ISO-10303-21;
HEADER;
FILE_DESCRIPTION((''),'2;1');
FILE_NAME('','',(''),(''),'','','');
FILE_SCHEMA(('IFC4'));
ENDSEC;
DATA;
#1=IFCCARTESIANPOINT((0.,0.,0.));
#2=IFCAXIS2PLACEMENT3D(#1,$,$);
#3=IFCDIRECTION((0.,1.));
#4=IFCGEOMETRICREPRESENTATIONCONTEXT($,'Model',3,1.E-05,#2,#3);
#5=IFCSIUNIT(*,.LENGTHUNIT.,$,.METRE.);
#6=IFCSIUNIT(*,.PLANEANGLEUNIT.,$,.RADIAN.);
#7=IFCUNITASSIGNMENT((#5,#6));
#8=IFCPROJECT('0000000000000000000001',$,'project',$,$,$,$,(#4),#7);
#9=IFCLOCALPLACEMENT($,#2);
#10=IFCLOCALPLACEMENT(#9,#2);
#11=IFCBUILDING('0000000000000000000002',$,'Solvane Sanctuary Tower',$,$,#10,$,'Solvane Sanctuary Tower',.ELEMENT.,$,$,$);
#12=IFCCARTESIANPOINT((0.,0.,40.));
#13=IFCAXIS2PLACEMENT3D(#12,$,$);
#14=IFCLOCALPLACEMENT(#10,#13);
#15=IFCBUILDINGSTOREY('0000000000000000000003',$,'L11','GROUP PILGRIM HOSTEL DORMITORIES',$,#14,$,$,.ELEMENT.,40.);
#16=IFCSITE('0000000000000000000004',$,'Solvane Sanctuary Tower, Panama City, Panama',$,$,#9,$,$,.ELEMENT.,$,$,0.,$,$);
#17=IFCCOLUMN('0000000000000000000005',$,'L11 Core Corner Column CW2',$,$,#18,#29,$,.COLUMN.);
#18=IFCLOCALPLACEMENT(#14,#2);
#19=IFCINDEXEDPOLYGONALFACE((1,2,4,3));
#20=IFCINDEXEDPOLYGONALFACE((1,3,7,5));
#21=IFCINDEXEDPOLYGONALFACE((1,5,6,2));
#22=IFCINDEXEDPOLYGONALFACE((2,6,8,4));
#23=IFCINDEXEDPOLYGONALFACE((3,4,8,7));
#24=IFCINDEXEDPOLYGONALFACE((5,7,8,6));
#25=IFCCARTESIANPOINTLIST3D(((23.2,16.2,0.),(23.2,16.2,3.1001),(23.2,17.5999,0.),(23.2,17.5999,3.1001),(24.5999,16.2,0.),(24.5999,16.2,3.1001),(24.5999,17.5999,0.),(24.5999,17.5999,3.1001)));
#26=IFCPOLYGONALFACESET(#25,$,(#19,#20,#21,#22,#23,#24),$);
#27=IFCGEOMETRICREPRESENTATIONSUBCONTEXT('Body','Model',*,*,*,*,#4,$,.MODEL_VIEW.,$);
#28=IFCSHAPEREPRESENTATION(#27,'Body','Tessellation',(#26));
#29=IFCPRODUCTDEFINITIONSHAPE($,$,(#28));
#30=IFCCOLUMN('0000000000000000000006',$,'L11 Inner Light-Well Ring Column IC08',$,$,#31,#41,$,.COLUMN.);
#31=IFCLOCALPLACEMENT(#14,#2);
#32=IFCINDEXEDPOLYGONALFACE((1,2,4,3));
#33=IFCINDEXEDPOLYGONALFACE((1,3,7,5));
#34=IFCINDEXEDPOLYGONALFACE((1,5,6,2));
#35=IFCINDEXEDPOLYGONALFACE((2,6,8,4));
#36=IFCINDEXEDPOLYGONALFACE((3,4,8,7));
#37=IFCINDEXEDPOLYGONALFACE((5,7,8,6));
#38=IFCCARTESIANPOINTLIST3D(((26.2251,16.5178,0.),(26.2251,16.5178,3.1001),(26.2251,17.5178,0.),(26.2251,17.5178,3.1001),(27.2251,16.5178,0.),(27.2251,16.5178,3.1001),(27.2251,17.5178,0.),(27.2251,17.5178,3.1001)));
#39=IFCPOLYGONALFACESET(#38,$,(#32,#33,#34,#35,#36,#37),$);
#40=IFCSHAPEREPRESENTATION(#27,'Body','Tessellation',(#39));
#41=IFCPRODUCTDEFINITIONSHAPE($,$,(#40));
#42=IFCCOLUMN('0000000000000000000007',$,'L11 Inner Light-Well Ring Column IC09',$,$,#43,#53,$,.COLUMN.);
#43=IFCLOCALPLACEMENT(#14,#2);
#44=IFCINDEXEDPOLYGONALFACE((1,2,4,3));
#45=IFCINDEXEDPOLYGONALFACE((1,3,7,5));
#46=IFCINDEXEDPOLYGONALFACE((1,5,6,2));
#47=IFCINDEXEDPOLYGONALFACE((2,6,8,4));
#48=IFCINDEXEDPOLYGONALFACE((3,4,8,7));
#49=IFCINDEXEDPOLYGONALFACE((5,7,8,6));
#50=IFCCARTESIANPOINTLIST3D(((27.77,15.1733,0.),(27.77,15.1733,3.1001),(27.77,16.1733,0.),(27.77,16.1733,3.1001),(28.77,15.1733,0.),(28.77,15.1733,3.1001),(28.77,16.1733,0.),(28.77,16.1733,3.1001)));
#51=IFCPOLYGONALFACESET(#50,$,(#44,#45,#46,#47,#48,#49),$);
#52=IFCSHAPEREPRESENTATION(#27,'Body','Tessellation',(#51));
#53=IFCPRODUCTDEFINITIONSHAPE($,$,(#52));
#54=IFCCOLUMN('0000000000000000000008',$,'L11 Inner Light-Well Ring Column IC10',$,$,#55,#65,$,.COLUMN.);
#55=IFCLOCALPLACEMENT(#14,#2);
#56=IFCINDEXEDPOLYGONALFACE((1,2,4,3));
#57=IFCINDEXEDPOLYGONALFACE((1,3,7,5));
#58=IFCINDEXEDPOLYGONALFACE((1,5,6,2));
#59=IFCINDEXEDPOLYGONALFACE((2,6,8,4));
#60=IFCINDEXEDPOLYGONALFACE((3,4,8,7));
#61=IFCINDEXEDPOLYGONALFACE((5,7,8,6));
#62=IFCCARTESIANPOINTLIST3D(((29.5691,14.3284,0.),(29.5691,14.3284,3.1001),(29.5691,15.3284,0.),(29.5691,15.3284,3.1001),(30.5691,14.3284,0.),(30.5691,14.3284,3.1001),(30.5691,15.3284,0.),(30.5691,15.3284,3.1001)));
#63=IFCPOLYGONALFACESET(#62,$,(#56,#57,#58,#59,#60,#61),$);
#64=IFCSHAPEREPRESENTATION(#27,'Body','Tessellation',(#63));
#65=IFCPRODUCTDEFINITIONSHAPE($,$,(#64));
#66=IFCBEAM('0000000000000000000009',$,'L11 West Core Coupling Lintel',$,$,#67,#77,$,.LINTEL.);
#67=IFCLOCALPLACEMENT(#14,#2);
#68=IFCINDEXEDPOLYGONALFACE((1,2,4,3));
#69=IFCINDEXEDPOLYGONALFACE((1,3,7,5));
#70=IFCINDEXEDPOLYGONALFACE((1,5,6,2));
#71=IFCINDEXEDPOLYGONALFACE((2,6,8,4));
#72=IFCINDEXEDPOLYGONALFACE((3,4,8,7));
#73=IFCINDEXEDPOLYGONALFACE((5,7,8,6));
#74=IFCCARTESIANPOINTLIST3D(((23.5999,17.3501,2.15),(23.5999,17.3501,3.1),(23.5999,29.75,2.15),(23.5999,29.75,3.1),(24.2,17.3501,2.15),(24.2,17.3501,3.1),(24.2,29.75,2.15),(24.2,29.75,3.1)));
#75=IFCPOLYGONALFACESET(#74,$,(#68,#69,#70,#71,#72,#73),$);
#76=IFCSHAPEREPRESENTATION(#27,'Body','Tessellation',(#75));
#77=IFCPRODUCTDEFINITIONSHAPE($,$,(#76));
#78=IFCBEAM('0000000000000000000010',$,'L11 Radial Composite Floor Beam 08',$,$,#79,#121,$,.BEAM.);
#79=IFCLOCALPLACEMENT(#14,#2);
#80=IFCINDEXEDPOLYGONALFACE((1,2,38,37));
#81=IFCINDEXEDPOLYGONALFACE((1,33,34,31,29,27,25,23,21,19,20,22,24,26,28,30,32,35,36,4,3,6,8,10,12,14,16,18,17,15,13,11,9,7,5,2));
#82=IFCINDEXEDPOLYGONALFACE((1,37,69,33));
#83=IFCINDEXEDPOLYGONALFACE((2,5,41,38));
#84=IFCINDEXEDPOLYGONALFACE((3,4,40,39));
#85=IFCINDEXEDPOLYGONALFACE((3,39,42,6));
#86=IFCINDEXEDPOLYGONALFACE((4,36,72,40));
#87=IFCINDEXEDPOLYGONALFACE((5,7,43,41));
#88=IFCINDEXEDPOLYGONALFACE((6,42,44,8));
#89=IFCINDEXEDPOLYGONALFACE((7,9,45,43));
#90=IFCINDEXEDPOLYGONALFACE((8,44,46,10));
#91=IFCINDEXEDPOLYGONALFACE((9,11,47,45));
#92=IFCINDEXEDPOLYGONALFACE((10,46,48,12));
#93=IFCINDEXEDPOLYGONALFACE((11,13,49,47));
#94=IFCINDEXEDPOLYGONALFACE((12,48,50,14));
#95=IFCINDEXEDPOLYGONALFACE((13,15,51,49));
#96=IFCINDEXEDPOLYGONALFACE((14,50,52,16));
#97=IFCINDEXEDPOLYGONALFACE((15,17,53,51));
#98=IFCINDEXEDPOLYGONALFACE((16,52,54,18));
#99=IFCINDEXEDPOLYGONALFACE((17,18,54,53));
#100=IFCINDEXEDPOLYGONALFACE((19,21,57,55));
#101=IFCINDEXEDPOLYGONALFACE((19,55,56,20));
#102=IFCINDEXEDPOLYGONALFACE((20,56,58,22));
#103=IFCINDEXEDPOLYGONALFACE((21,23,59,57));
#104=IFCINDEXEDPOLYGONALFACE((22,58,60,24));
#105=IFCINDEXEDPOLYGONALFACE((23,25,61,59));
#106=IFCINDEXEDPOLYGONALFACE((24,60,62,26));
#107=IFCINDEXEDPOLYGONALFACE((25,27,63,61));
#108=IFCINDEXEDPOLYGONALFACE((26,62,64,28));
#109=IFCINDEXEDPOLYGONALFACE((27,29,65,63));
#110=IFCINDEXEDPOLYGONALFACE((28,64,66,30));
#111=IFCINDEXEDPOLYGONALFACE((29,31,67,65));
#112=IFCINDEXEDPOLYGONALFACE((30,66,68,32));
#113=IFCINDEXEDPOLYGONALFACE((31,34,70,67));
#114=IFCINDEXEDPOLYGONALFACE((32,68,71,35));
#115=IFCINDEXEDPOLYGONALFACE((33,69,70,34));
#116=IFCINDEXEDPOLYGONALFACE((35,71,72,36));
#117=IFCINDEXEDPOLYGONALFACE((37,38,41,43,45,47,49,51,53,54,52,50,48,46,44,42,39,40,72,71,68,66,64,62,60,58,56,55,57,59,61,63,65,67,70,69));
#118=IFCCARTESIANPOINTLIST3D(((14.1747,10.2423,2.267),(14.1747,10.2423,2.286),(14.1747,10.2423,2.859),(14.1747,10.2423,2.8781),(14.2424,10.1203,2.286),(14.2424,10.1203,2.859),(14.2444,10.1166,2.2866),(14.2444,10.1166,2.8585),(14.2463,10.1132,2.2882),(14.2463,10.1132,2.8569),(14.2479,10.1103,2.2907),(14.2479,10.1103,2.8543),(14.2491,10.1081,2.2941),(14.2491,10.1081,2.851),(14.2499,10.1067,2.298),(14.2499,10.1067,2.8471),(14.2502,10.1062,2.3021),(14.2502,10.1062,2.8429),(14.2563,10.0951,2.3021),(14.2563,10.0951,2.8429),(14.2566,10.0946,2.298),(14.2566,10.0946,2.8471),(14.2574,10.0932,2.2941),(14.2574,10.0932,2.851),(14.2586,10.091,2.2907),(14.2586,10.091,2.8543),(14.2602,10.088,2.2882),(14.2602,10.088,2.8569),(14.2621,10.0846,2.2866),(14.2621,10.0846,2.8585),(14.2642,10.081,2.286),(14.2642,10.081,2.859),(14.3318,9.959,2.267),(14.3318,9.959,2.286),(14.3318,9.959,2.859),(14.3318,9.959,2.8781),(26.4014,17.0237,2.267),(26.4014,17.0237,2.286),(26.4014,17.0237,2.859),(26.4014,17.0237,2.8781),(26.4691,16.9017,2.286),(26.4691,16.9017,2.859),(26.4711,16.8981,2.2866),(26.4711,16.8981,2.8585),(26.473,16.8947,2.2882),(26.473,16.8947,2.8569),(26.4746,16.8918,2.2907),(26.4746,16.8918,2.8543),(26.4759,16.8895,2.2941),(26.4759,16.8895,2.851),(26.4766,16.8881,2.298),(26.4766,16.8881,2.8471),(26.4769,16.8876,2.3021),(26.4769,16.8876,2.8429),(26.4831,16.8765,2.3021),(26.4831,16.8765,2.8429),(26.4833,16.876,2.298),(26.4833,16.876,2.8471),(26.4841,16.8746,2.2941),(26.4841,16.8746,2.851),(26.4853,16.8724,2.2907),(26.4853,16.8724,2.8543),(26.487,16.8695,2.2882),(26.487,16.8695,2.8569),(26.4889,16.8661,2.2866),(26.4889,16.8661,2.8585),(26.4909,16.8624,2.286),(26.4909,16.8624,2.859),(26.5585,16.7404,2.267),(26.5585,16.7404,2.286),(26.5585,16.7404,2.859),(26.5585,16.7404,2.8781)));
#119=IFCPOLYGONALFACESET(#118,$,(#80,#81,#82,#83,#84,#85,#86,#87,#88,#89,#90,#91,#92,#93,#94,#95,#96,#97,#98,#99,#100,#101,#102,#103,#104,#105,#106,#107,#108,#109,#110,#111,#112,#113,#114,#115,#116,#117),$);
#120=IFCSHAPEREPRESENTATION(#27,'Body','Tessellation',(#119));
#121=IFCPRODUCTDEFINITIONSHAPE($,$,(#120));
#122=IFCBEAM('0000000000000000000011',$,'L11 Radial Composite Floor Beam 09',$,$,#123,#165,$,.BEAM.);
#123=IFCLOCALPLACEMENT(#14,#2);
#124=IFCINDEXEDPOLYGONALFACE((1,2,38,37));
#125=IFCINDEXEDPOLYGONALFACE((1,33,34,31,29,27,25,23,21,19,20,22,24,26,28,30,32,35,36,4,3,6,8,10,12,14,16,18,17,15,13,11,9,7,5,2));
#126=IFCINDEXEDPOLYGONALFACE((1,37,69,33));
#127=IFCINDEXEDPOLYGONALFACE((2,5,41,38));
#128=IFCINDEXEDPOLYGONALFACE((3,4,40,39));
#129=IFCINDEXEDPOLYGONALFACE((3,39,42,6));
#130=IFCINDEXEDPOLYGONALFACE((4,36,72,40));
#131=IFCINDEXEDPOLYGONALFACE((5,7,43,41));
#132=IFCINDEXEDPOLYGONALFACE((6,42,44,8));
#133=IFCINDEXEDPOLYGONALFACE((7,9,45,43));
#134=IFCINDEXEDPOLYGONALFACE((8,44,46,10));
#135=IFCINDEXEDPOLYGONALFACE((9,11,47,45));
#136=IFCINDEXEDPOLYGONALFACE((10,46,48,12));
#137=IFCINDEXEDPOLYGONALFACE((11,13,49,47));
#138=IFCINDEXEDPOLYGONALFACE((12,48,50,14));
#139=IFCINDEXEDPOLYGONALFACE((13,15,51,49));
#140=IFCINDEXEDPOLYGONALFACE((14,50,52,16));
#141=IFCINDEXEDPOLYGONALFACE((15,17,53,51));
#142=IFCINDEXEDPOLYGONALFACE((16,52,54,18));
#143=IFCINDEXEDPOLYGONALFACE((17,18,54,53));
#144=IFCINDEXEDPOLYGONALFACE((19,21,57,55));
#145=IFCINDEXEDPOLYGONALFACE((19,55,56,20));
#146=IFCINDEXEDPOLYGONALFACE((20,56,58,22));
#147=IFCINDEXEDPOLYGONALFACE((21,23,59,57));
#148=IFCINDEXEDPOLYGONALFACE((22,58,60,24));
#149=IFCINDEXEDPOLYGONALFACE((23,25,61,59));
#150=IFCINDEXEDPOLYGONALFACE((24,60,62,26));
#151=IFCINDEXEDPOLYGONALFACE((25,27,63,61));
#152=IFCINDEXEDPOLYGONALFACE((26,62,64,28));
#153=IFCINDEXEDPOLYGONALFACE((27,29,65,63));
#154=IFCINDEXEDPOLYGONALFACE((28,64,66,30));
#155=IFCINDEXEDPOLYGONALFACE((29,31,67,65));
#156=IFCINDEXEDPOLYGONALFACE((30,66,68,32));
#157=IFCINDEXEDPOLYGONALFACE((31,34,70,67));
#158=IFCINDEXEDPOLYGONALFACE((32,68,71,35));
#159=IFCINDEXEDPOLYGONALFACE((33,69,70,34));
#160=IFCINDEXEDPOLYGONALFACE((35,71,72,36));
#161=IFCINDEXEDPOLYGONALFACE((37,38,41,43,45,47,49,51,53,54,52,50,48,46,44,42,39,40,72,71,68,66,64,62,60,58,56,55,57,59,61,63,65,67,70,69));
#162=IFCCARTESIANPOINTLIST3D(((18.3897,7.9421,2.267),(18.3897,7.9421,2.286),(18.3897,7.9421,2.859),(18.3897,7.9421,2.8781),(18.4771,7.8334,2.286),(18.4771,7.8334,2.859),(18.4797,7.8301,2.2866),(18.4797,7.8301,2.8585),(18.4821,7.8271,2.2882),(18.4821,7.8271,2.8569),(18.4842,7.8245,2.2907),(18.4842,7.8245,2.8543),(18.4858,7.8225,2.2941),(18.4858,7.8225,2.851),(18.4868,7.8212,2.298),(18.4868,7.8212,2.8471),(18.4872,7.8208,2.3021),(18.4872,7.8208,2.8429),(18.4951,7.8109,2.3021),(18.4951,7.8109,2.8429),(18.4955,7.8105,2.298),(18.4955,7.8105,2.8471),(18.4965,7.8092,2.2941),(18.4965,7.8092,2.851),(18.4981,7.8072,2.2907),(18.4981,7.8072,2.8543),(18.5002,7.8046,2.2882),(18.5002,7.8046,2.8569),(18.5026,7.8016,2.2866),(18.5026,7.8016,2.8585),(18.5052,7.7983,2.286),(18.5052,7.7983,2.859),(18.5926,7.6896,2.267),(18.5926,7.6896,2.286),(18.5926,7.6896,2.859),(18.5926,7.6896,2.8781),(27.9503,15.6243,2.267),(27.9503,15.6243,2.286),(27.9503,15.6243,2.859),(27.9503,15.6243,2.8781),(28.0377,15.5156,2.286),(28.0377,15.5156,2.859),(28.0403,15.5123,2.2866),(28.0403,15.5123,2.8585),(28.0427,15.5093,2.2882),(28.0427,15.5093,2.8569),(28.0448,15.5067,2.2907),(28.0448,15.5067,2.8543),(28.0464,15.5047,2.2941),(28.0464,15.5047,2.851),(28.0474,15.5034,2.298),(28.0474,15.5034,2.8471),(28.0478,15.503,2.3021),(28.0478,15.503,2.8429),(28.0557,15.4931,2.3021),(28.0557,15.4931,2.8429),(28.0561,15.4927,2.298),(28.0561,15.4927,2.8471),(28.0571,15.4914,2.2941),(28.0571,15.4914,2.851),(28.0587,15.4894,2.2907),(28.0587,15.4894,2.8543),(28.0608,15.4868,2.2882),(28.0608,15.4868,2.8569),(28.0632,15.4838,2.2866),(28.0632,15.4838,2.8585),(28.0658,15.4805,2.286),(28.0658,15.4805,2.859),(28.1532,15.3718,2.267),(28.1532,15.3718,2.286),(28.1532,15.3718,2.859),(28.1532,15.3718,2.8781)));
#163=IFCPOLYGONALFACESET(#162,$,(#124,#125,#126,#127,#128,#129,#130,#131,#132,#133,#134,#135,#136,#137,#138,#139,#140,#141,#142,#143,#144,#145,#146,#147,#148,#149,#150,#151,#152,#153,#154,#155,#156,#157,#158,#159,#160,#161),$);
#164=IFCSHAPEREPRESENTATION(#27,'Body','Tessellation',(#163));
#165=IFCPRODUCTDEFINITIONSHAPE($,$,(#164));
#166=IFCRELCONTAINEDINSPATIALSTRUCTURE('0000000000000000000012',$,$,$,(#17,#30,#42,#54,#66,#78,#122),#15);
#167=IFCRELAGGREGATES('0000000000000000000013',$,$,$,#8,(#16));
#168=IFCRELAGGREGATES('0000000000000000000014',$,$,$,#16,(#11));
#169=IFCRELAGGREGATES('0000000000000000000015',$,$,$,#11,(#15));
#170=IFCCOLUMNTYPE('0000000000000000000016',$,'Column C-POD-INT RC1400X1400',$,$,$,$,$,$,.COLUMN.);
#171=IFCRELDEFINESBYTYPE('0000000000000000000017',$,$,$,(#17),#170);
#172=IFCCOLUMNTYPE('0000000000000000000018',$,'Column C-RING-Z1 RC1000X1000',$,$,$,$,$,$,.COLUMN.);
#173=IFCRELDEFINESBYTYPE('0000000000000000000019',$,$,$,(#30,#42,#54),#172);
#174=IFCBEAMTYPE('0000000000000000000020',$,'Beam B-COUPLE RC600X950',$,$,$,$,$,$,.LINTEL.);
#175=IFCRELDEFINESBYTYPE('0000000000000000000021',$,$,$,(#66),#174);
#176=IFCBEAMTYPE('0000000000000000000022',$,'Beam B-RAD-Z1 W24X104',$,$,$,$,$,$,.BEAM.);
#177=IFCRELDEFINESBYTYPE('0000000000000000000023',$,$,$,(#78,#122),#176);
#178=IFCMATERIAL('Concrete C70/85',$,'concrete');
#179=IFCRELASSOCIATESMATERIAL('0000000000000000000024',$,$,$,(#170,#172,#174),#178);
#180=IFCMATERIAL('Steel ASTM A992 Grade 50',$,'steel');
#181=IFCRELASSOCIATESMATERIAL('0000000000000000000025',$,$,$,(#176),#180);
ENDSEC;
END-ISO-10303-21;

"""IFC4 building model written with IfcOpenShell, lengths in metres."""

from ifc_helpers import new_model, si_unit, direction, frame, origin, origin_2d, place, context, subcontext, project, spatial, rectangle, i_section, extrude, material, material_profile, profile_set, type_object, element, save


model = new_model("IFC4")

# Units and contexts
model_context = context("Model", 3, precision=1e-05, world=origin(), true_north=direction((0.0, 1.0)))
body_context = subcontext(model_context, "Body", "Model", "MODEL_VIEW")
ifc_project = project(units=[si_unit("LENGTHUNIT", "METRE"), si_unit("PLANEANGLEUNIT", "RADIAN")], contexts=[model_context])

# Site, building, storey
site_placement = place(None, origin())
site = spatial("IfcSite", under=ifc_project, at=site_placement, Name="Solvane Sanctuary Tower, Panama City, Panama", CompositionType="ELEMENT", RefElevation=0.0)
building_placement = place(site_placement, origin())
building = spatial("IfcBuilding", under=site, at=building_placement, Name="Solvane Sanctuary Tower", LongName="Solvane Sanctuary Tower", CompositionType="ELEMENT")
storey_placement = place(building_placement, frame((0.0, 0.0, 40.0)))
storey = spatial("IfcBuildingStorey", under=building, at=storey_placement, Name="L11", Description="GROUP PILGRIM HOSTEL DORMITORIES", CompositionType="ELEMENT", Elevation=40.0)

# Columns
ifc_material_1 = material(Name="Concrete C70/85", Category="concrete")
ifc_material_profile_1 = material_profile(ifc_material_1, rectangle(XDim=1.3999, YDim=1.3999, at=origin_2d()), Name="RC1400X1400")
ifc_profile_set_1 = profile_set([ifc_material_profile_1], Name="Concrete C70/85")
column_type_1 = type_object("IfcColumnType", Name="Column C-POD-INT RC1400X1400", PredefinedType="COLUMN", material=ifc_profile_set_1)
column_placement = place(storey_placement, frame((23.8999, 16.8999, 0.0), z_axis=(0.0, 0.0, 1.0), x_axis=(1.0, 0.0, 0.0)))
element("IfcColumn", 1, at=column_placement, inside=storey, type_object=column_type_1, Name="L11 Core Corner Column CW2", PredefinedType="COLUMN", context=body_context, shape_type="SweptSolid", body=[
    extrude(rectangle(XDim=1.3999, YDim=1.3999, at=origin_2d()), origin(), (0.0, 0.0, 1.0), 3.1001),
])
ifc_material_profile_2 = material_profile(ifc_material_1, rectangle(XDim=1.0, YDim=1.0, at=origin_2d()), Name="RC1000X1000")
ifc_profile_set_2 = profile_set([ifc_material_profile_2], Name="Concrete C70/85")
column_type_2 = type_object("IfcColumnType", Name="Column C-RING-Z1 RC1000X1000", PredefinedType="COLUMN", material=ifc_profile_set_2)
for number, where, z_axis, x_axis, name in (
    (2, (26.7251, 17.0178, 0.0), (0.0, 0.0, 1.0), (1.0, 0.0, 0.0), "L11 Inner Light-Well Ring Column IC08"),
    (3, (28.27, 15.6733, 0.0), (0.0, 0.0, 1.0), (1.0, 0.0, 0.0), "L11 Inner Light-Well Ring Column IC09"),
    (4, (30.0691, 14.8284, 0.0), (0.0, 0.0, 1.0), (1.0, 0.0, 0.0), "L11 Inner Light-Well Ring Column IC10"),
):
    element("IfcColumn", number, at=place(storey_placement, frame(where, z_axis=z_axis, x_axis=x_axis)), inside=storey, type_object=column_type_2, Name=name, PredefinedType="COLUMN", context=body_context, shape_type="SweptSolid", body=[
        extrude(rectangle(XDim=1.0, YDim=1.0, at=origin_2d()), origin(), (0.0, 0.0, 1.0), 3.1001),
    ])

# Beams
ifc_material_profile_3 = material_profile(ifc_material_1, rectangle(XDim=0.6001, YDim=0.95, at=origin_2d()), Name="RC600X950")
ifc_profile_set_3 = profile_set([ifc_material_profile_3], Name="Concrete C70/85")
beam_type_1 = type_object("IfcBeamType", Name="Beam B-COUPLE RC600X950", PredefinedType="LINTEL", material=ifc_profile_set_3)
beam_1_placement = place(storey_placement, frame((23.8999, 17.3501, 2.625), z_axis=(0.0, 1.0, 0.0), x_axis=(-1.0, 0.0, 0.0)))
element("IfcBeam", 5, at=beam_1_placement, inside=storey, type_object=beam_type_1, Name="L11 West Core Coupling Lintel", PredefinedType="LINTEL", context=body_context, shape_type="SweptSolid", body=[
    extrude(rectangle(XDim=0.6001, YDim=0.95, at=origin_2d()), origin(), (0.0, 0.0, 1.0), 12.3999),
])
ifc_material_2 = material(Name="Steel ASTM A992 Grade 50", Category="steel")
ifc_material_profile_4 = material_profile(ifc_material_2, i_section(OverallWidth=0.324, OverallDepth=0.6111, WebThickness=0.0127, FlangeThickness=0.019, FilletRadius=0.0161, at=origin_2d()), Name="W24X104")
ifc_profile_set_4 = profile_set([ifc_material_profile_4], Name="Steel ASTM A992 Grade 50")
beam_type_2 = type_object("IfcBeamType", Name="Beam B-RAD-Z1 W24X104", PredefinedType="BEAM", material=ifc_profile_set_4)
beam_2_placement = place(storey_placement, frame((26.48, 16.8821, 2.5725), z_axis=(-0.874496, -0.485032, 0.0), x_axis=(0.485032, -0.874496, 0.0)))
element("IfcBeam", 6, at=beam_2_placement, inside=storey, type_object=beam_type_2, Name="L11 Radial Composite Floor Beam 08", PredefinedType="BEAM", context=body_context, shape_type="SweptSolid", body=[
    extrude(i_section(OverallWidth=0.324, OverallDepth=0.6111, WebThickness=0.0127, FlangeThickness=0.019, FilletRadius=0.0161, at=origin_2d()), origin(), (0.0, 0.0, 1.0), 13.9814),
])
beam_3_placement = place(storey_placement, frame((28.0518, 15.498, 2.5725), z_axis=(-0.779527, -0.626369, 0.0), x_axis=(0.626369, -0.779527, 0.0)))
element("IfcBeam", 7, at=beam_3_placement, inside=storey, type_object=beam_type_2, Name="L11 Radial Composite Floor Beam 09", PredefinedType="BEAM", context=body_context, shape_type="SweptSolid", body=[
    extrude(i_section(OverallWidth=0.324, OverallDepth=0.6111, WebThickness=0.0127, FlangeThickness=0.019, FilletRadius=0.0161, at=origin_2d()), origin(), (0.0, 0.0, 1.0), 12.2646),
])

save(model, "model.ifc")
